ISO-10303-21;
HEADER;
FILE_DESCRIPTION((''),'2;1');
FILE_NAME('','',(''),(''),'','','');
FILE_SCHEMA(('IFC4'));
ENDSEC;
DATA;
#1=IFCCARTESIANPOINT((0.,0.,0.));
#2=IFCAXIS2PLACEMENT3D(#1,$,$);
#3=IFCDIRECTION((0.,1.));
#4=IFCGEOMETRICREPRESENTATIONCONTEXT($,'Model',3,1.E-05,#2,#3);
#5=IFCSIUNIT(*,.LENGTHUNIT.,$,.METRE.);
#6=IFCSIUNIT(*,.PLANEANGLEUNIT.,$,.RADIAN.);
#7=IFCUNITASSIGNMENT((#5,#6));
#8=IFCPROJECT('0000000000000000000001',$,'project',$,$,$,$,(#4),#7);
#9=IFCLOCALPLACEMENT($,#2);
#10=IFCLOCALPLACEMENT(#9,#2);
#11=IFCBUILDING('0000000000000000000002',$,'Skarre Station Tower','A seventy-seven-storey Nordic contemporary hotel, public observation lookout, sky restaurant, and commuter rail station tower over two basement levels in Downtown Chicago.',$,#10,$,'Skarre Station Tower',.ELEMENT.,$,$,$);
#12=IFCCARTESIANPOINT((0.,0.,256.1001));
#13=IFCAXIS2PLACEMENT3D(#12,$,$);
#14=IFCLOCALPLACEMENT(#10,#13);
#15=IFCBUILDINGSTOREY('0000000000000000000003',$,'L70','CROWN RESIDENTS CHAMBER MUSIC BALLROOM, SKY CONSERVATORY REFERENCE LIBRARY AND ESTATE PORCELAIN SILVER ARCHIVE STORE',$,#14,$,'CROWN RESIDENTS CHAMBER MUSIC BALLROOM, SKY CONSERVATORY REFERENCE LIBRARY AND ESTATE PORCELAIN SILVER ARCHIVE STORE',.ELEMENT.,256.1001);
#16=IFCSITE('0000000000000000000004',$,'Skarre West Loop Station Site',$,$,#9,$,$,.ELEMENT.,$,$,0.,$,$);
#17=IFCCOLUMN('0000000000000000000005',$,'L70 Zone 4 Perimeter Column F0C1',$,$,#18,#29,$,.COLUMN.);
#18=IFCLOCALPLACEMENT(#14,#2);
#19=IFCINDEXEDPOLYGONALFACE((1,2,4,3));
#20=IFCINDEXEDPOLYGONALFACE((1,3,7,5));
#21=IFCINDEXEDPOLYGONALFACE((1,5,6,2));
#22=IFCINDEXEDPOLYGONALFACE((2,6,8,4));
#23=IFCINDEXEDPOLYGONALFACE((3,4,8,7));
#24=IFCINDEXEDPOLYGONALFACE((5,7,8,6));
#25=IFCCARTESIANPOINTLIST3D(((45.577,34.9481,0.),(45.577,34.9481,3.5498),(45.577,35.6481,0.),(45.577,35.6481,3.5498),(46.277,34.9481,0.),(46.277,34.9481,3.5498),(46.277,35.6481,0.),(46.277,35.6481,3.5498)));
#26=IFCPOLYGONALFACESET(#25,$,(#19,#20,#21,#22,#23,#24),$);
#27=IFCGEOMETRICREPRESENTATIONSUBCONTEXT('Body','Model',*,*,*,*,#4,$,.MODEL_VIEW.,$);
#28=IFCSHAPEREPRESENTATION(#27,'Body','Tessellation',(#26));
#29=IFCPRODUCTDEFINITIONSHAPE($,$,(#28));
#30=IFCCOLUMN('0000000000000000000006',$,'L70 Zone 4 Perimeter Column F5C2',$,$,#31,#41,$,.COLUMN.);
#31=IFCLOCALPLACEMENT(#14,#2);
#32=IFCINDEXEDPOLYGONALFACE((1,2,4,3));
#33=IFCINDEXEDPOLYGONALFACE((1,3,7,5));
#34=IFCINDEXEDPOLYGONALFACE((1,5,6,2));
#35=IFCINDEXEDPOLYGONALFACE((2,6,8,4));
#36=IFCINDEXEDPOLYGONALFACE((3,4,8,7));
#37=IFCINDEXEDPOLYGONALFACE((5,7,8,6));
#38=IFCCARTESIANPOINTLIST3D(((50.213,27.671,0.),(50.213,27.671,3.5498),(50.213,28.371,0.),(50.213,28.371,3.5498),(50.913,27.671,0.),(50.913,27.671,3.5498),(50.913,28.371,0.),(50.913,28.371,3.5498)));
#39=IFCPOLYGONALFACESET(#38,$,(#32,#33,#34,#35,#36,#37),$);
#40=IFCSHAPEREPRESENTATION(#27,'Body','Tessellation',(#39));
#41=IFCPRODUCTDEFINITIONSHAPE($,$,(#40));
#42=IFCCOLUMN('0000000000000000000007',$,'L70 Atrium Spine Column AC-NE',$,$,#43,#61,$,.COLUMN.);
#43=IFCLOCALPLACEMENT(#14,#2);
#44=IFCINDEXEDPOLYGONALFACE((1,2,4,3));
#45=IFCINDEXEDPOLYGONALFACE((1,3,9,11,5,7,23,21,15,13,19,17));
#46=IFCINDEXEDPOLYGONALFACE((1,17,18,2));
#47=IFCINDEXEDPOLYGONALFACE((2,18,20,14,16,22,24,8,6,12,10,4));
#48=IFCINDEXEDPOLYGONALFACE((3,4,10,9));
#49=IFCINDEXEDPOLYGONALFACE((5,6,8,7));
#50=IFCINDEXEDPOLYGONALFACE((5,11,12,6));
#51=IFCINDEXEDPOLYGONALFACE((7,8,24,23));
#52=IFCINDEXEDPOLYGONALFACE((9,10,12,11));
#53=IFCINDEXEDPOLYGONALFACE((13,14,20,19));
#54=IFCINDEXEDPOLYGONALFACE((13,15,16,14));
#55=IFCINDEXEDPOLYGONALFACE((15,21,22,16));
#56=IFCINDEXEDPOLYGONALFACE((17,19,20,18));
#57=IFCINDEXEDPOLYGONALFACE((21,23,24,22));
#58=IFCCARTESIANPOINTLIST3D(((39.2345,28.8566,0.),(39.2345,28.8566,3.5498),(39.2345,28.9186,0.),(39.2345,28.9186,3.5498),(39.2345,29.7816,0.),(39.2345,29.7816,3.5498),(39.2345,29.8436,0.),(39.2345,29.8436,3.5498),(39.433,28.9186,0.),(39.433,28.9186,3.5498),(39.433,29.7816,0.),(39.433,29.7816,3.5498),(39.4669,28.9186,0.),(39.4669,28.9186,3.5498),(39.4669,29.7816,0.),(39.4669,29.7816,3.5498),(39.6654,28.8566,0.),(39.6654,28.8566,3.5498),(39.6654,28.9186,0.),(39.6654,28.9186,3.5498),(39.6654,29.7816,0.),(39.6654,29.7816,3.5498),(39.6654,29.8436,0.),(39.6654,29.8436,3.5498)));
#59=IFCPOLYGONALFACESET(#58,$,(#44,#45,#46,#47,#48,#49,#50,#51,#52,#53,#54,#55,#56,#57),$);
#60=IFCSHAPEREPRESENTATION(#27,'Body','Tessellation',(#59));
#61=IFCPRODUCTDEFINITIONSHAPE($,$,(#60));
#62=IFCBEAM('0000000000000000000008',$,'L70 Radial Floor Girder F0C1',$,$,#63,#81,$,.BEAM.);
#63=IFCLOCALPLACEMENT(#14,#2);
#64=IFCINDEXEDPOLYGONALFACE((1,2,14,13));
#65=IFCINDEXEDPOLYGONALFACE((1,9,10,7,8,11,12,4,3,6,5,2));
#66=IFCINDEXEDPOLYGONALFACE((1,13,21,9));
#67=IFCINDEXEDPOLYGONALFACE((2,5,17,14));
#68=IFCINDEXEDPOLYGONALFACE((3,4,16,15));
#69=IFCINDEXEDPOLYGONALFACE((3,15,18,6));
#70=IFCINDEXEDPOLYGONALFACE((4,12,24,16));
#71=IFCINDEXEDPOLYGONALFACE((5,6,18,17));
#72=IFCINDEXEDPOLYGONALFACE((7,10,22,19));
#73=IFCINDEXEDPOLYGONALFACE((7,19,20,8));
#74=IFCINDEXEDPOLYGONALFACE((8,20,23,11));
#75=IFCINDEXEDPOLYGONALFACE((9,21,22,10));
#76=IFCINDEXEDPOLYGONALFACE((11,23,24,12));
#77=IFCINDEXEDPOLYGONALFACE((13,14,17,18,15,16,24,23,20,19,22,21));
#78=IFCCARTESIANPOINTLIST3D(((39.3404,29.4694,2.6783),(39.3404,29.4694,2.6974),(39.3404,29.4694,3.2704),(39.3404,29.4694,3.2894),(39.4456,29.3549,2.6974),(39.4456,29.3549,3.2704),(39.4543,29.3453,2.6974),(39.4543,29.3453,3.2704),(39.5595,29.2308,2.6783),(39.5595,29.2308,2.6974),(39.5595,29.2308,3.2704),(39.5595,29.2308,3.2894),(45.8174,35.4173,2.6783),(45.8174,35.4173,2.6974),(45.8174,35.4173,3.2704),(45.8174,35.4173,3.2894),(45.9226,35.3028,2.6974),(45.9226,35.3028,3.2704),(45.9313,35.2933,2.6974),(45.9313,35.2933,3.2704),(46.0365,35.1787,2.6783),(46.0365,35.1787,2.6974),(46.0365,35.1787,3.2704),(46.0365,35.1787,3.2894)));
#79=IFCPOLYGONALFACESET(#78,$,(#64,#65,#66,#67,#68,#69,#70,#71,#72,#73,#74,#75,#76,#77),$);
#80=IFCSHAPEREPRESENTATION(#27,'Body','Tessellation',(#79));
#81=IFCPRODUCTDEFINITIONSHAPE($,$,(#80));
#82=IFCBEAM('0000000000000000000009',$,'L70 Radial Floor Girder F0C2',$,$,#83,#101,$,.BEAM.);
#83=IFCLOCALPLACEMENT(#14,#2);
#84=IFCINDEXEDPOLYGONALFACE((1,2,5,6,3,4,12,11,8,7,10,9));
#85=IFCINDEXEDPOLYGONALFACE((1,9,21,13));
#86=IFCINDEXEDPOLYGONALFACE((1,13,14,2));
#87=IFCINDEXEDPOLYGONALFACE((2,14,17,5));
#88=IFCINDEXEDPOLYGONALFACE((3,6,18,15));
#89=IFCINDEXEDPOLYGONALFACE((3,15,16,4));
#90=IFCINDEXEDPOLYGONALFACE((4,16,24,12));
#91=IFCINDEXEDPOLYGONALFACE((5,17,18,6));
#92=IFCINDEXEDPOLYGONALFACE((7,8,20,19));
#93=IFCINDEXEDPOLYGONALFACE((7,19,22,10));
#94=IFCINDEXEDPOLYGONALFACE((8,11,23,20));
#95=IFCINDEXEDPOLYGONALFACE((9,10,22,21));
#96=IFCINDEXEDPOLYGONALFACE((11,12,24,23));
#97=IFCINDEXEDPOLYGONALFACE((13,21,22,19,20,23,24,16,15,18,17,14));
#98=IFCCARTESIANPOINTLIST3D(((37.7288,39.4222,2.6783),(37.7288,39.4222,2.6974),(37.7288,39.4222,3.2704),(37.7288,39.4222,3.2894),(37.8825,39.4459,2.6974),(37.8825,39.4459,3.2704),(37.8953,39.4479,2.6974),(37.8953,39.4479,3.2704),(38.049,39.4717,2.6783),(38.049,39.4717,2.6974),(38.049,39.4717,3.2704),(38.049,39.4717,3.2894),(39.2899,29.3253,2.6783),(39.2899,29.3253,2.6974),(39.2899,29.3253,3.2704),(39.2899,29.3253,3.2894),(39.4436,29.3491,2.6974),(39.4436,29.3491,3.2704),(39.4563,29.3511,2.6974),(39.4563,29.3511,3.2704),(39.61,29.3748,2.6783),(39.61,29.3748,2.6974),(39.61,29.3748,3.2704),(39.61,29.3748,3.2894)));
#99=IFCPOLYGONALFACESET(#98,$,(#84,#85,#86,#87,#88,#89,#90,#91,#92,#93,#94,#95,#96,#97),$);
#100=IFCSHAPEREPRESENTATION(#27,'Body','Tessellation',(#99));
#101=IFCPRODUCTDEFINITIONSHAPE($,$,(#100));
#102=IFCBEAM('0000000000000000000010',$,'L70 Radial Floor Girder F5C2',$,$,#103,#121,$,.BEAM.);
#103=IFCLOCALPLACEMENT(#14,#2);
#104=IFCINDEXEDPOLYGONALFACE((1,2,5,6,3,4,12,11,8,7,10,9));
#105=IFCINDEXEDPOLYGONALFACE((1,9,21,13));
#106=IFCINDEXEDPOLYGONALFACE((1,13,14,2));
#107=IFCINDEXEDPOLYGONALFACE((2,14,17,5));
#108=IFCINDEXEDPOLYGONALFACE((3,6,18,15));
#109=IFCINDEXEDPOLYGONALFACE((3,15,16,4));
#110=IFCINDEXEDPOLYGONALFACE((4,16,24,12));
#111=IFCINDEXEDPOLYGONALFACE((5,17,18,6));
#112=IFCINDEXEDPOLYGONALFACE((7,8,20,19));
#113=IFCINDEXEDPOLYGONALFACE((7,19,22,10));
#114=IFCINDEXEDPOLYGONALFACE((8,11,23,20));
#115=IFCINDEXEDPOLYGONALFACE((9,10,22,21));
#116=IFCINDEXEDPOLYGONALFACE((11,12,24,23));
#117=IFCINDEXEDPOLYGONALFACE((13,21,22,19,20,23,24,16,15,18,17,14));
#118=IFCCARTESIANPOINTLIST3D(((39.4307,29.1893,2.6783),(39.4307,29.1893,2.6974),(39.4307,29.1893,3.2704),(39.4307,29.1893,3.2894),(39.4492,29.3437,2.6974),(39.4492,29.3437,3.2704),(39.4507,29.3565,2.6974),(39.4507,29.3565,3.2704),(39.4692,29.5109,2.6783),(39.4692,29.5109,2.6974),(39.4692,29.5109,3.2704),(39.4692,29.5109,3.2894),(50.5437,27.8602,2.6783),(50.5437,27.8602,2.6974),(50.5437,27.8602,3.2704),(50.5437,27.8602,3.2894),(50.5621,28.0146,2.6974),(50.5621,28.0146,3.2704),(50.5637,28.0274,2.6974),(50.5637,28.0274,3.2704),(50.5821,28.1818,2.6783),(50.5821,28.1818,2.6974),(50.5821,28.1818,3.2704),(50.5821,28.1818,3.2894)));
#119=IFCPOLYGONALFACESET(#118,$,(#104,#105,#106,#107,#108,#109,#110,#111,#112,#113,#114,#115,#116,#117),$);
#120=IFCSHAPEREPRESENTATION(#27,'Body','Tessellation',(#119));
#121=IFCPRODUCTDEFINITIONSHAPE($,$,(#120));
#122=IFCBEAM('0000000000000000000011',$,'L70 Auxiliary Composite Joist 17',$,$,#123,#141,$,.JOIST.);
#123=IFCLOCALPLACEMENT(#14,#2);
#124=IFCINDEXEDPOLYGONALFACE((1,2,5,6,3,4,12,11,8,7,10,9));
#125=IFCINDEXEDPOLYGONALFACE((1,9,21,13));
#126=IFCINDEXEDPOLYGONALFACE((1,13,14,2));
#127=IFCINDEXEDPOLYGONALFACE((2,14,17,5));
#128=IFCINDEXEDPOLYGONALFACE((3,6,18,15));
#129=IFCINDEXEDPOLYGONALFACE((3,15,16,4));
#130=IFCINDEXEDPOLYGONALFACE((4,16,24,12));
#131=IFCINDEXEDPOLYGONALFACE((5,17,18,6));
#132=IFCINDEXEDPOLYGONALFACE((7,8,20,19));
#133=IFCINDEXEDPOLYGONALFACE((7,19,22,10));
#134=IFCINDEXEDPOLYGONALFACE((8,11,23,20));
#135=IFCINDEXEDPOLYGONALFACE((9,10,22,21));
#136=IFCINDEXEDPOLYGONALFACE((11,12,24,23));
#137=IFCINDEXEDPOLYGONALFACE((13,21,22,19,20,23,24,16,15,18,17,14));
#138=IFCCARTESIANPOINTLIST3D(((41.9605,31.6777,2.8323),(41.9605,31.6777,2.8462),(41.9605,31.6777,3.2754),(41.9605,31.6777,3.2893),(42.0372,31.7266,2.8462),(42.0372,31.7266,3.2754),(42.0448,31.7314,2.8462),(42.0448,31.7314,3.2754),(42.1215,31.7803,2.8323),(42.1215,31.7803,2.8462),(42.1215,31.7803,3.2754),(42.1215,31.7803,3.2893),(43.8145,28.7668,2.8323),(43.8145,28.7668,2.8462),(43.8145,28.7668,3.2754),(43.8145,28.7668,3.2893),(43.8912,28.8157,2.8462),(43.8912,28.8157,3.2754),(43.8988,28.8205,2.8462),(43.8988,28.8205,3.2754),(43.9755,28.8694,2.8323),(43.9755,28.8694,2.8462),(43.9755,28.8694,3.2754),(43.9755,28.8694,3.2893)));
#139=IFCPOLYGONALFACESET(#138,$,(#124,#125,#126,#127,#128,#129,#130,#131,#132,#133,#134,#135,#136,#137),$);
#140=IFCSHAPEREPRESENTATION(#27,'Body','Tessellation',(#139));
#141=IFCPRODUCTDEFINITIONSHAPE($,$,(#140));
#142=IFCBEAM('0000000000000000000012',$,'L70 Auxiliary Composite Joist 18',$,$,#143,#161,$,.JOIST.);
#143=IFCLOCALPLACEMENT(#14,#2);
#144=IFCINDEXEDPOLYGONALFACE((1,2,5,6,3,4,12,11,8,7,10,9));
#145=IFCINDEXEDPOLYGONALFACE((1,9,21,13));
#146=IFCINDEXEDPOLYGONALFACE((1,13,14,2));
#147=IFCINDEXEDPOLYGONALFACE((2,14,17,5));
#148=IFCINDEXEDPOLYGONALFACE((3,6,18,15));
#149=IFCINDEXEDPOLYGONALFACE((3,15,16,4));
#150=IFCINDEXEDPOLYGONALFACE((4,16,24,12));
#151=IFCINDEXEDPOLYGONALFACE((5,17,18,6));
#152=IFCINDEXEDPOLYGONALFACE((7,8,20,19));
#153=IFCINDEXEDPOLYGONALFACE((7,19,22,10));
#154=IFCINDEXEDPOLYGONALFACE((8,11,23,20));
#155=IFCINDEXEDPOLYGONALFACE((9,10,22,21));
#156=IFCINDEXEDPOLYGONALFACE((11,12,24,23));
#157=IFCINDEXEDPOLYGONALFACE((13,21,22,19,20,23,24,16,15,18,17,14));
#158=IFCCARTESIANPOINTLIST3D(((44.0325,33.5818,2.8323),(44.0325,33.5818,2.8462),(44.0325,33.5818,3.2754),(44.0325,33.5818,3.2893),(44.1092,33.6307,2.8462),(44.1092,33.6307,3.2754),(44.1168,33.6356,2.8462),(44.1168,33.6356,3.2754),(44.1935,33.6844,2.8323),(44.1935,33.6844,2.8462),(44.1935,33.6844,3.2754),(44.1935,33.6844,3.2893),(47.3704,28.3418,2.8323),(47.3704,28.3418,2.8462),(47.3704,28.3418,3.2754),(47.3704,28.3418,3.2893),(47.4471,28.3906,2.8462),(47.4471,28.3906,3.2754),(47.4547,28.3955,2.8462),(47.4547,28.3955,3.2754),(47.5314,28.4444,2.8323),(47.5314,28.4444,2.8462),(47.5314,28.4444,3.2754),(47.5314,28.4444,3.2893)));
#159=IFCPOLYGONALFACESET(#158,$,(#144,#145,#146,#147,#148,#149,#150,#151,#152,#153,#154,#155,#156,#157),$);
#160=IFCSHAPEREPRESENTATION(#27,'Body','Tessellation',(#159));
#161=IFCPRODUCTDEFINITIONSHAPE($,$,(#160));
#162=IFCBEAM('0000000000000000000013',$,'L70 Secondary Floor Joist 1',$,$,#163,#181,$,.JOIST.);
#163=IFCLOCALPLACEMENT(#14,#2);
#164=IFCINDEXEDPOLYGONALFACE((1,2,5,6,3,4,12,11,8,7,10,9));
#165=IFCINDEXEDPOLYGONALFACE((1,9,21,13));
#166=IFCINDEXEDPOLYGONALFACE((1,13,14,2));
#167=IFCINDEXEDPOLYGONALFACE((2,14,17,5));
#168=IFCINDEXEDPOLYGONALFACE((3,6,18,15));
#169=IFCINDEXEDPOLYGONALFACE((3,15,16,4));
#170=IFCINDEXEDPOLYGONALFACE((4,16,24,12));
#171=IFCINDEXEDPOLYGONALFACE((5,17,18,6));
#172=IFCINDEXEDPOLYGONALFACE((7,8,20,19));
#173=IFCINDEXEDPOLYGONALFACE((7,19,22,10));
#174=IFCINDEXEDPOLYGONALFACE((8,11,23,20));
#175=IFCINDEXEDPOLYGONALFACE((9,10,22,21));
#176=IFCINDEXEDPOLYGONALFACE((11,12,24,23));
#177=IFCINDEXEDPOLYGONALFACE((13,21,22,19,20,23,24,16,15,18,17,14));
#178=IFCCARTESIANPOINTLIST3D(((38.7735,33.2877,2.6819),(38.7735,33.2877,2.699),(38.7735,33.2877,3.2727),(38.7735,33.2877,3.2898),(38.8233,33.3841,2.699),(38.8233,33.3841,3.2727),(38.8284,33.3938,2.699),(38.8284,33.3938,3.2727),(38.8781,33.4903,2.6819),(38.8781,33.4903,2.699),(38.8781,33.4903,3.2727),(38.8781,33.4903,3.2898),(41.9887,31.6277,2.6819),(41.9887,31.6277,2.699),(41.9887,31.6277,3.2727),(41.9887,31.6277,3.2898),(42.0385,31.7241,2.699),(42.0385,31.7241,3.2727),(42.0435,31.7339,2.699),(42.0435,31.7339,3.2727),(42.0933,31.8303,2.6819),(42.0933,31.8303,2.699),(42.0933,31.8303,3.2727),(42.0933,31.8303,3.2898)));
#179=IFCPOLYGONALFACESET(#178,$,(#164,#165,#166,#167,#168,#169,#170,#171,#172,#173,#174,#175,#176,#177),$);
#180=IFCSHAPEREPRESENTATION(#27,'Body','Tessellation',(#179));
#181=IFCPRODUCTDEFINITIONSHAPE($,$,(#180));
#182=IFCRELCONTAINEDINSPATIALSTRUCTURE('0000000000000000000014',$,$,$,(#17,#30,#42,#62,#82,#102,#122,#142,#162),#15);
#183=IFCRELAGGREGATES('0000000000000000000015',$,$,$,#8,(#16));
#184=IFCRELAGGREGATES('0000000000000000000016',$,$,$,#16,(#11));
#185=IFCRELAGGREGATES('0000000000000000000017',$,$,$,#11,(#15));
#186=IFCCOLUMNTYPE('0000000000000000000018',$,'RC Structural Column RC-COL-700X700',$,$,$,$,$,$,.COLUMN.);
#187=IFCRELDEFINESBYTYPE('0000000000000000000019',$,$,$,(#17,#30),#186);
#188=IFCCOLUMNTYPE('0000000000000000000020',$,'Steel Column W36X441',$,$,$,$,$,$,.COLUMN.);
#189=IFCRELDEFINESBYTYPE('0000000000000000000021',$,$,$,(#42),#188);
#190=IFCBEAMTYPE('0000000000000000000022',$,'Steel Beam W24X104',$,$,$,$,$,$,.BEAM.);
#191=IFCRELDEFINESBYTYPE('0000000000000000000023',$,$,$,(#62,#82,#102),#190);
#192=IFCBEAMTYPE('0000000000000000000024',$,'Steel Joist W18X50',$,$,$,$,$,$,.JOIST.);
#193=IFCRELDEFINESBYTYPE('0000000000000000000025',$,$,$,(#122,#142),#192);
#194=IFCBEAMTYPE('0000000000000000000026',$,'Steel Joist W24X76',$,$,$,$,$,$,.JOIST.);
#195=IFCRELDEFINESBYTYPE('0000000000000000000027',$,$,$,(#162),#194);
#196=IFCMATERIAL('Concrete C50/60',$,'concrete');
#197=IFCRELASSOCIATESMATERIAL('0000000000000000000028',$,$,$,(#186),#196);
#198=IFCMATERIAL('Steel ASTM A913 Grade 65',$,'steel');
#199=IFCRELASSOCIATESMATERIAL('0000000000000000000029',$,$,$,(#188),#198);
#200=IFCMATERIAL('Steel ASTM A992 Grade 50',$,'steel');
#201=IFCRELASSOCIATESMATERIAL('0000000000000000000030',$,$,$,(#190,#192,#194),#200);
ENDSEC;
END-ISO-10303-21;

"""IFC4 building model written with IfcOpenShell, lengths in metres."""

from ifc_helpers import new_model, si_unit, direction, frame, origin, origin_2d, place, context, subcontext, project, spatial, rectangle, i_section, extrude, material, material_profile, profile_set, type_object, element, save


model = new_model("IFC4")

# Units and contexts
model_context = context("Model", 3, precision=1e-05, world=origin(), true_north=direction((0.0, 1.0)))
body_context = subcontext(model_context, "Body", "Model", "MODEL_VIEW")
ifc_project = project(units=[si_unit("LENGTHUNIT", "METRE"), si_unit("PLANEANGLEUNIT", "RADIAN")], contexts=[model_context])

# Site, building, storey
site_placement = place(None, origin())
site = spatial("IfcSite", under=ifc_project, at=site_placement, Name="Skarre West Loop Station Site", CompositionType="ELEMENT", RefElevation=0.0)
building_placement = place(site_placement, origin())
building = spatial("IfcBuilding", under=site, at=building_placement, Name="Skarre Station Tower", Description="A seventy-seven-storey Nordic contemporary hotel, public observation lookout, sky restaurant, and commuter rail station tower over two basement levels in Downtown Chicago.", LongName="Skarre Station Tower", CompositionType="ELEMENT")
storey_placement = place(building_placement, frame((0.0, 0.0, 256.1001)))
storey = spatial("IfcBuildingStorey", under=building, at=storey_placement, Name="L70", Description="CROWN RESIDENTS CHAMBER MUSIC BALLROOM, SKY CONSERVATORY REFERENCE LIBRARY AND ESTATE PORCELAIN SILVER ARCHIVE STORE", LongName="CROWN RESIDENTS CHAMBER MUSIC BALLROOM, SKY CONSERVATORY REFERENCE LIBRARY AND ESTATE PORCELAIN SILVER ARCHIVE STORE", CompositionType="ELEMENT", Elevation=256.1001)

# Columns
ifc_material_1 = material(Name="Concrete C50/60", Category="concrete")
ifc_material_profile_1 = material_profile(ifc_material_1, rectangle(XDim=0.7, YDim=0.7, at=origin_2d()), Name="Concrete C50/60")
ifc_profile_set_1 = profile_set([ifc_material_profile_1], Name="Concrete C50/60")
column_type_1 = type_object("IfcColumnType", Name="RC Structural Column RC-COL-700X700", PredefinedType="COLUMN", material=ifc_profile_set_1)
for number, where, z_axis, x_axis, name in (
    (1, (45.927, 35.2981, 0.0), (0.0, 0.0, 1.0), (1.0, 0.0, 0.0), "L70 Zone 4 Perimeter Column F0C1"),
    (2, (50.563, 28.021, 0.0), (0.0, 0.0, 1.0), (1.0, 0.0, 0.0), "L70 Zone 4 Perimeter Column F5C2"),
):
    element("IfcColumn", number, at=place(storey_placement, frame(where, z_axis=z_axis, x_axis=x_axis)), inside=storey, type_object=column_type_1, Name=name, PredefinedType="COLUMN", context=body_context, shape_type="SweptSolid", body=[
        extrude(rectangle(XDim=0.7, YDim=0.7, at=origin_2d()), origin(), (0.0, 0.0, 1.0), 3.5498),
    ])
ifc_material_2 = material(Name="Steel ASTM A913 Grade 65", Category="steel")
ifc_material_profile_2 = material_profile(ifc_material_2, i_section(OverallWidth=0.4309, OverallDepth=0.9871, WebThickness=0.0339, FlangeThickness=0.062, at=origin_2d()), Name="Steel ASTM A913 Grade 65")
ifc_profile_set_2 = profile_set([ifc_material_profile_2], Name="Steel ASTM A913 Grade 65")
column_type_2 = type_object("IfcColumnType", Name="Steel Column W36X441", PredefinedType="COLUMN", material=ifc_profile_set_2)
column_placement = place(storey_placement, frame((39.45, 29.3501, 0.0), z_axis=(0.0, 0.0, 1.0), x_axis=(1.0, 0.0, 0.0)))
element("IfcColumn", 3, at=column_placement, inside=storey, type_object=column_type_2, Name="L70 Atrium Spine Column AC-NE", PredefinedType="COLUMN", context=body_context, shape_type="SweptSolid", body=[
    extrude(i_section(OverallWidth=0.4309, OverallDepth=0.9871, WebThickness=0.0339, FlangeThickness=0.062, at=origin_2d()), origin(), (0.0, 0.0, 1.0), 3.5498),
])

# Beams
ifc_material_3 = material(Name="Steel ASTM A992 Grade 50", Category="steel")
ifc_material_profile_3 = material_profile(ifc_material_3, i_section(OverallWidth=0.324, OverallDepth=0.6111, WebThickness=0.0129, FlangeThickness=0.019, at=origin_2d()), Name="Steel ASTM A992 Grade 50")
ifc_profile_set_3 = profile_set([ifc_material_profile_3], Name="Steel ASTM A992 Grade 50")
beam_type_1 = type_object("IfcBeamType", Name="Steel Beam W24X104", PredefinedType="BEAM", material=ifc_profile_set_3)
beam_1_placement = place(storey_placement, frame((39.45, 29.3501, 2.9839), z_axis=(0.736548, 0.676386, 0.0), x_axis=(-0.676386, 0.736548, 0.0)))
element("IfcBeam", 4, at=beam_1_placement, inside=storey, type_object=beam_type_1, Name="L70 Radial Floor Girder F0C1", PredefinedType="BEAM", context=body_context, shape_type="SweptSolid", body=[
    extrude(i_section(OverallWidth=0.324, OverallDepth=0.6111, WebThickness=0.0129, FlangeThickness=0.019, at=origin_2d()), origin(), (0.0, 0.0, 1.0), 8.7937),
])
beam_2_placement = place(storey_placement, frame((39.45, 29.3501, 2.9839), z_axis=(-0.15279, 0.988259, 0.0), x_axis=(-0.988259, -0.15279, 0.0)))
element("IfcBeam", 5, at=beam_2_placement, inside=storey, type_object=beam_type_1, Name="L70 Radial Floor Girder F0C2", PredefinedType="BEAM", context=body_context, shape_type="SweptSolid", body=[
    extrude(i_section(OverallWidth=0.324, OverallDepth=0.6111, WebThickness=0.0129, FlangeThickness=0.019, at=origin_2d()), origin(), (0.0, 0.0, 1.0), 10.2168),
])
beam_3_placement = place(storey_placement, frame((39.45, 29.3501, 2.9839), z_axis=(0.992924, -0.118752, 0.0), x_axis=(0.118752, 0.992924, 0.0)))
element("IfcBeam", 6, at=beam_3_placement, inside=storey, type_object=beam_type_1, Name="L70 Radial Floor Girder F5C2", PredefinedType="BEAM", context=body_context, shape_type="SweptSolid", body=[
    extrude(i_section(OverallWidth=0.324, OverallDepth=0.6111, WebThickness=0.0129, FlangeThickness=0.019, at=origin_2d()), origin(), (0.0, 0.0, 1.0), 11.1921),
])
ifc_material_profile_4 = material_profile(ifc_material_3, i_section(OverallWidth=0.1909, OverallDepth=0.457, WebThickness=0.009, FlangeThickness=0.0139, at=origin_2d()), Name="Steel ASTM A992 Grade 50")
ifc_profile_set_4 = profile_set([ifc_material_profile_4], Name="Steel ASTM A992 Grade 50")
beam_type_2 = type_object("IfcBeamType", Name="Steel Joist W18X50", PredefinedType="JOIST", material=ifc_profile_set_4)
beam_4_placement = place(storey_placement, frame((43.895, 28.8181, 3.0608), z_axis=(-0.53721, 0.843449, 0.0), x_axis=(-0.843449, -0.53721, 0.0)))
element("IfcBeam", 7, at=beam_4_placement, inside=storey, type_object=beam_type_2, Name="L70 Auxiliary Composite Joist 17", PredefinedType="JOIST", context=body_context, shape_type="SweptSolid", body=[
    extrude(i_section(OverallWidth=0.1909, OverallDepth=0.457, WebThickness=0.009, FlangeThickness=0.0139, at=origin_2d()), origin(), (0.0, 0.0, 1.0), 3.4512),
])
beam_5_placement = place(storey_placement, frame((47.4509, 28.3931, 3.0608), z_axis=(-0.537259, 0.843417, 0.0), x_axis=(-0.843417, -0.537259, 0.0)))
element("IfcBeam", 8, at=beam_5_placement, inside=storey, type_object=beam_type_2, Name="L70 Auxiliary Composite Joist 18", PredefinedType="JOIST", context=body_context, shape_type="SweptSolid", body=[
    extrude(i_section(OverallWidth=0.1909, OverallDepth=0.457, WebThickness=0.009, FlangeThickness=0.0139, at=origin_2d()), origin(), (0.0, 0.0, 1.0), 6.2129),
])
ifc_material_profile_5 = material_profile(ifc_material_3, i_section(OverallWidth=0.228, OverallDepth=0.6079, WebThickness=0.011, FlangeThickness=0.0171, at=origin_2d()), Name="Steel ASTM A992 Grade 50")
ifc_profile_set_5 = profile_set([ifc_material_profile_5], Name="Steel ASTM A992 Grade 50")
beam_type_3 = type_object("IfcBeamType", Name="Steel Joist W24X76", PredefinedType="JOIST", material=ifc_profile_set_5)
beam_6_placement = place(storey_placement, frame((42.041, 31.729, 2.9858), z_axis=(-0.888563, 0.458755, 0.0), x_axis=(-0.458755, -0.888563, 0.0)))
element("IfcBeam", 9, at=beam_6_placement, inside=storey, type_object=beam_type_3, Name="L70 Secondary Floor Joist 1", PredefinedType="JOIST", context=body_context, shape_type="SweptSolid", body=[
    extrude(i_section(OverallWidth=0.228, OverallDepth=0.6079, WebThickness=0.011, FlangeThickness=0.0171, at=origin_2d()), origin(), (0.0, 0.0, 1.0), 3.6184),
])

save(model, "model.ifc")
